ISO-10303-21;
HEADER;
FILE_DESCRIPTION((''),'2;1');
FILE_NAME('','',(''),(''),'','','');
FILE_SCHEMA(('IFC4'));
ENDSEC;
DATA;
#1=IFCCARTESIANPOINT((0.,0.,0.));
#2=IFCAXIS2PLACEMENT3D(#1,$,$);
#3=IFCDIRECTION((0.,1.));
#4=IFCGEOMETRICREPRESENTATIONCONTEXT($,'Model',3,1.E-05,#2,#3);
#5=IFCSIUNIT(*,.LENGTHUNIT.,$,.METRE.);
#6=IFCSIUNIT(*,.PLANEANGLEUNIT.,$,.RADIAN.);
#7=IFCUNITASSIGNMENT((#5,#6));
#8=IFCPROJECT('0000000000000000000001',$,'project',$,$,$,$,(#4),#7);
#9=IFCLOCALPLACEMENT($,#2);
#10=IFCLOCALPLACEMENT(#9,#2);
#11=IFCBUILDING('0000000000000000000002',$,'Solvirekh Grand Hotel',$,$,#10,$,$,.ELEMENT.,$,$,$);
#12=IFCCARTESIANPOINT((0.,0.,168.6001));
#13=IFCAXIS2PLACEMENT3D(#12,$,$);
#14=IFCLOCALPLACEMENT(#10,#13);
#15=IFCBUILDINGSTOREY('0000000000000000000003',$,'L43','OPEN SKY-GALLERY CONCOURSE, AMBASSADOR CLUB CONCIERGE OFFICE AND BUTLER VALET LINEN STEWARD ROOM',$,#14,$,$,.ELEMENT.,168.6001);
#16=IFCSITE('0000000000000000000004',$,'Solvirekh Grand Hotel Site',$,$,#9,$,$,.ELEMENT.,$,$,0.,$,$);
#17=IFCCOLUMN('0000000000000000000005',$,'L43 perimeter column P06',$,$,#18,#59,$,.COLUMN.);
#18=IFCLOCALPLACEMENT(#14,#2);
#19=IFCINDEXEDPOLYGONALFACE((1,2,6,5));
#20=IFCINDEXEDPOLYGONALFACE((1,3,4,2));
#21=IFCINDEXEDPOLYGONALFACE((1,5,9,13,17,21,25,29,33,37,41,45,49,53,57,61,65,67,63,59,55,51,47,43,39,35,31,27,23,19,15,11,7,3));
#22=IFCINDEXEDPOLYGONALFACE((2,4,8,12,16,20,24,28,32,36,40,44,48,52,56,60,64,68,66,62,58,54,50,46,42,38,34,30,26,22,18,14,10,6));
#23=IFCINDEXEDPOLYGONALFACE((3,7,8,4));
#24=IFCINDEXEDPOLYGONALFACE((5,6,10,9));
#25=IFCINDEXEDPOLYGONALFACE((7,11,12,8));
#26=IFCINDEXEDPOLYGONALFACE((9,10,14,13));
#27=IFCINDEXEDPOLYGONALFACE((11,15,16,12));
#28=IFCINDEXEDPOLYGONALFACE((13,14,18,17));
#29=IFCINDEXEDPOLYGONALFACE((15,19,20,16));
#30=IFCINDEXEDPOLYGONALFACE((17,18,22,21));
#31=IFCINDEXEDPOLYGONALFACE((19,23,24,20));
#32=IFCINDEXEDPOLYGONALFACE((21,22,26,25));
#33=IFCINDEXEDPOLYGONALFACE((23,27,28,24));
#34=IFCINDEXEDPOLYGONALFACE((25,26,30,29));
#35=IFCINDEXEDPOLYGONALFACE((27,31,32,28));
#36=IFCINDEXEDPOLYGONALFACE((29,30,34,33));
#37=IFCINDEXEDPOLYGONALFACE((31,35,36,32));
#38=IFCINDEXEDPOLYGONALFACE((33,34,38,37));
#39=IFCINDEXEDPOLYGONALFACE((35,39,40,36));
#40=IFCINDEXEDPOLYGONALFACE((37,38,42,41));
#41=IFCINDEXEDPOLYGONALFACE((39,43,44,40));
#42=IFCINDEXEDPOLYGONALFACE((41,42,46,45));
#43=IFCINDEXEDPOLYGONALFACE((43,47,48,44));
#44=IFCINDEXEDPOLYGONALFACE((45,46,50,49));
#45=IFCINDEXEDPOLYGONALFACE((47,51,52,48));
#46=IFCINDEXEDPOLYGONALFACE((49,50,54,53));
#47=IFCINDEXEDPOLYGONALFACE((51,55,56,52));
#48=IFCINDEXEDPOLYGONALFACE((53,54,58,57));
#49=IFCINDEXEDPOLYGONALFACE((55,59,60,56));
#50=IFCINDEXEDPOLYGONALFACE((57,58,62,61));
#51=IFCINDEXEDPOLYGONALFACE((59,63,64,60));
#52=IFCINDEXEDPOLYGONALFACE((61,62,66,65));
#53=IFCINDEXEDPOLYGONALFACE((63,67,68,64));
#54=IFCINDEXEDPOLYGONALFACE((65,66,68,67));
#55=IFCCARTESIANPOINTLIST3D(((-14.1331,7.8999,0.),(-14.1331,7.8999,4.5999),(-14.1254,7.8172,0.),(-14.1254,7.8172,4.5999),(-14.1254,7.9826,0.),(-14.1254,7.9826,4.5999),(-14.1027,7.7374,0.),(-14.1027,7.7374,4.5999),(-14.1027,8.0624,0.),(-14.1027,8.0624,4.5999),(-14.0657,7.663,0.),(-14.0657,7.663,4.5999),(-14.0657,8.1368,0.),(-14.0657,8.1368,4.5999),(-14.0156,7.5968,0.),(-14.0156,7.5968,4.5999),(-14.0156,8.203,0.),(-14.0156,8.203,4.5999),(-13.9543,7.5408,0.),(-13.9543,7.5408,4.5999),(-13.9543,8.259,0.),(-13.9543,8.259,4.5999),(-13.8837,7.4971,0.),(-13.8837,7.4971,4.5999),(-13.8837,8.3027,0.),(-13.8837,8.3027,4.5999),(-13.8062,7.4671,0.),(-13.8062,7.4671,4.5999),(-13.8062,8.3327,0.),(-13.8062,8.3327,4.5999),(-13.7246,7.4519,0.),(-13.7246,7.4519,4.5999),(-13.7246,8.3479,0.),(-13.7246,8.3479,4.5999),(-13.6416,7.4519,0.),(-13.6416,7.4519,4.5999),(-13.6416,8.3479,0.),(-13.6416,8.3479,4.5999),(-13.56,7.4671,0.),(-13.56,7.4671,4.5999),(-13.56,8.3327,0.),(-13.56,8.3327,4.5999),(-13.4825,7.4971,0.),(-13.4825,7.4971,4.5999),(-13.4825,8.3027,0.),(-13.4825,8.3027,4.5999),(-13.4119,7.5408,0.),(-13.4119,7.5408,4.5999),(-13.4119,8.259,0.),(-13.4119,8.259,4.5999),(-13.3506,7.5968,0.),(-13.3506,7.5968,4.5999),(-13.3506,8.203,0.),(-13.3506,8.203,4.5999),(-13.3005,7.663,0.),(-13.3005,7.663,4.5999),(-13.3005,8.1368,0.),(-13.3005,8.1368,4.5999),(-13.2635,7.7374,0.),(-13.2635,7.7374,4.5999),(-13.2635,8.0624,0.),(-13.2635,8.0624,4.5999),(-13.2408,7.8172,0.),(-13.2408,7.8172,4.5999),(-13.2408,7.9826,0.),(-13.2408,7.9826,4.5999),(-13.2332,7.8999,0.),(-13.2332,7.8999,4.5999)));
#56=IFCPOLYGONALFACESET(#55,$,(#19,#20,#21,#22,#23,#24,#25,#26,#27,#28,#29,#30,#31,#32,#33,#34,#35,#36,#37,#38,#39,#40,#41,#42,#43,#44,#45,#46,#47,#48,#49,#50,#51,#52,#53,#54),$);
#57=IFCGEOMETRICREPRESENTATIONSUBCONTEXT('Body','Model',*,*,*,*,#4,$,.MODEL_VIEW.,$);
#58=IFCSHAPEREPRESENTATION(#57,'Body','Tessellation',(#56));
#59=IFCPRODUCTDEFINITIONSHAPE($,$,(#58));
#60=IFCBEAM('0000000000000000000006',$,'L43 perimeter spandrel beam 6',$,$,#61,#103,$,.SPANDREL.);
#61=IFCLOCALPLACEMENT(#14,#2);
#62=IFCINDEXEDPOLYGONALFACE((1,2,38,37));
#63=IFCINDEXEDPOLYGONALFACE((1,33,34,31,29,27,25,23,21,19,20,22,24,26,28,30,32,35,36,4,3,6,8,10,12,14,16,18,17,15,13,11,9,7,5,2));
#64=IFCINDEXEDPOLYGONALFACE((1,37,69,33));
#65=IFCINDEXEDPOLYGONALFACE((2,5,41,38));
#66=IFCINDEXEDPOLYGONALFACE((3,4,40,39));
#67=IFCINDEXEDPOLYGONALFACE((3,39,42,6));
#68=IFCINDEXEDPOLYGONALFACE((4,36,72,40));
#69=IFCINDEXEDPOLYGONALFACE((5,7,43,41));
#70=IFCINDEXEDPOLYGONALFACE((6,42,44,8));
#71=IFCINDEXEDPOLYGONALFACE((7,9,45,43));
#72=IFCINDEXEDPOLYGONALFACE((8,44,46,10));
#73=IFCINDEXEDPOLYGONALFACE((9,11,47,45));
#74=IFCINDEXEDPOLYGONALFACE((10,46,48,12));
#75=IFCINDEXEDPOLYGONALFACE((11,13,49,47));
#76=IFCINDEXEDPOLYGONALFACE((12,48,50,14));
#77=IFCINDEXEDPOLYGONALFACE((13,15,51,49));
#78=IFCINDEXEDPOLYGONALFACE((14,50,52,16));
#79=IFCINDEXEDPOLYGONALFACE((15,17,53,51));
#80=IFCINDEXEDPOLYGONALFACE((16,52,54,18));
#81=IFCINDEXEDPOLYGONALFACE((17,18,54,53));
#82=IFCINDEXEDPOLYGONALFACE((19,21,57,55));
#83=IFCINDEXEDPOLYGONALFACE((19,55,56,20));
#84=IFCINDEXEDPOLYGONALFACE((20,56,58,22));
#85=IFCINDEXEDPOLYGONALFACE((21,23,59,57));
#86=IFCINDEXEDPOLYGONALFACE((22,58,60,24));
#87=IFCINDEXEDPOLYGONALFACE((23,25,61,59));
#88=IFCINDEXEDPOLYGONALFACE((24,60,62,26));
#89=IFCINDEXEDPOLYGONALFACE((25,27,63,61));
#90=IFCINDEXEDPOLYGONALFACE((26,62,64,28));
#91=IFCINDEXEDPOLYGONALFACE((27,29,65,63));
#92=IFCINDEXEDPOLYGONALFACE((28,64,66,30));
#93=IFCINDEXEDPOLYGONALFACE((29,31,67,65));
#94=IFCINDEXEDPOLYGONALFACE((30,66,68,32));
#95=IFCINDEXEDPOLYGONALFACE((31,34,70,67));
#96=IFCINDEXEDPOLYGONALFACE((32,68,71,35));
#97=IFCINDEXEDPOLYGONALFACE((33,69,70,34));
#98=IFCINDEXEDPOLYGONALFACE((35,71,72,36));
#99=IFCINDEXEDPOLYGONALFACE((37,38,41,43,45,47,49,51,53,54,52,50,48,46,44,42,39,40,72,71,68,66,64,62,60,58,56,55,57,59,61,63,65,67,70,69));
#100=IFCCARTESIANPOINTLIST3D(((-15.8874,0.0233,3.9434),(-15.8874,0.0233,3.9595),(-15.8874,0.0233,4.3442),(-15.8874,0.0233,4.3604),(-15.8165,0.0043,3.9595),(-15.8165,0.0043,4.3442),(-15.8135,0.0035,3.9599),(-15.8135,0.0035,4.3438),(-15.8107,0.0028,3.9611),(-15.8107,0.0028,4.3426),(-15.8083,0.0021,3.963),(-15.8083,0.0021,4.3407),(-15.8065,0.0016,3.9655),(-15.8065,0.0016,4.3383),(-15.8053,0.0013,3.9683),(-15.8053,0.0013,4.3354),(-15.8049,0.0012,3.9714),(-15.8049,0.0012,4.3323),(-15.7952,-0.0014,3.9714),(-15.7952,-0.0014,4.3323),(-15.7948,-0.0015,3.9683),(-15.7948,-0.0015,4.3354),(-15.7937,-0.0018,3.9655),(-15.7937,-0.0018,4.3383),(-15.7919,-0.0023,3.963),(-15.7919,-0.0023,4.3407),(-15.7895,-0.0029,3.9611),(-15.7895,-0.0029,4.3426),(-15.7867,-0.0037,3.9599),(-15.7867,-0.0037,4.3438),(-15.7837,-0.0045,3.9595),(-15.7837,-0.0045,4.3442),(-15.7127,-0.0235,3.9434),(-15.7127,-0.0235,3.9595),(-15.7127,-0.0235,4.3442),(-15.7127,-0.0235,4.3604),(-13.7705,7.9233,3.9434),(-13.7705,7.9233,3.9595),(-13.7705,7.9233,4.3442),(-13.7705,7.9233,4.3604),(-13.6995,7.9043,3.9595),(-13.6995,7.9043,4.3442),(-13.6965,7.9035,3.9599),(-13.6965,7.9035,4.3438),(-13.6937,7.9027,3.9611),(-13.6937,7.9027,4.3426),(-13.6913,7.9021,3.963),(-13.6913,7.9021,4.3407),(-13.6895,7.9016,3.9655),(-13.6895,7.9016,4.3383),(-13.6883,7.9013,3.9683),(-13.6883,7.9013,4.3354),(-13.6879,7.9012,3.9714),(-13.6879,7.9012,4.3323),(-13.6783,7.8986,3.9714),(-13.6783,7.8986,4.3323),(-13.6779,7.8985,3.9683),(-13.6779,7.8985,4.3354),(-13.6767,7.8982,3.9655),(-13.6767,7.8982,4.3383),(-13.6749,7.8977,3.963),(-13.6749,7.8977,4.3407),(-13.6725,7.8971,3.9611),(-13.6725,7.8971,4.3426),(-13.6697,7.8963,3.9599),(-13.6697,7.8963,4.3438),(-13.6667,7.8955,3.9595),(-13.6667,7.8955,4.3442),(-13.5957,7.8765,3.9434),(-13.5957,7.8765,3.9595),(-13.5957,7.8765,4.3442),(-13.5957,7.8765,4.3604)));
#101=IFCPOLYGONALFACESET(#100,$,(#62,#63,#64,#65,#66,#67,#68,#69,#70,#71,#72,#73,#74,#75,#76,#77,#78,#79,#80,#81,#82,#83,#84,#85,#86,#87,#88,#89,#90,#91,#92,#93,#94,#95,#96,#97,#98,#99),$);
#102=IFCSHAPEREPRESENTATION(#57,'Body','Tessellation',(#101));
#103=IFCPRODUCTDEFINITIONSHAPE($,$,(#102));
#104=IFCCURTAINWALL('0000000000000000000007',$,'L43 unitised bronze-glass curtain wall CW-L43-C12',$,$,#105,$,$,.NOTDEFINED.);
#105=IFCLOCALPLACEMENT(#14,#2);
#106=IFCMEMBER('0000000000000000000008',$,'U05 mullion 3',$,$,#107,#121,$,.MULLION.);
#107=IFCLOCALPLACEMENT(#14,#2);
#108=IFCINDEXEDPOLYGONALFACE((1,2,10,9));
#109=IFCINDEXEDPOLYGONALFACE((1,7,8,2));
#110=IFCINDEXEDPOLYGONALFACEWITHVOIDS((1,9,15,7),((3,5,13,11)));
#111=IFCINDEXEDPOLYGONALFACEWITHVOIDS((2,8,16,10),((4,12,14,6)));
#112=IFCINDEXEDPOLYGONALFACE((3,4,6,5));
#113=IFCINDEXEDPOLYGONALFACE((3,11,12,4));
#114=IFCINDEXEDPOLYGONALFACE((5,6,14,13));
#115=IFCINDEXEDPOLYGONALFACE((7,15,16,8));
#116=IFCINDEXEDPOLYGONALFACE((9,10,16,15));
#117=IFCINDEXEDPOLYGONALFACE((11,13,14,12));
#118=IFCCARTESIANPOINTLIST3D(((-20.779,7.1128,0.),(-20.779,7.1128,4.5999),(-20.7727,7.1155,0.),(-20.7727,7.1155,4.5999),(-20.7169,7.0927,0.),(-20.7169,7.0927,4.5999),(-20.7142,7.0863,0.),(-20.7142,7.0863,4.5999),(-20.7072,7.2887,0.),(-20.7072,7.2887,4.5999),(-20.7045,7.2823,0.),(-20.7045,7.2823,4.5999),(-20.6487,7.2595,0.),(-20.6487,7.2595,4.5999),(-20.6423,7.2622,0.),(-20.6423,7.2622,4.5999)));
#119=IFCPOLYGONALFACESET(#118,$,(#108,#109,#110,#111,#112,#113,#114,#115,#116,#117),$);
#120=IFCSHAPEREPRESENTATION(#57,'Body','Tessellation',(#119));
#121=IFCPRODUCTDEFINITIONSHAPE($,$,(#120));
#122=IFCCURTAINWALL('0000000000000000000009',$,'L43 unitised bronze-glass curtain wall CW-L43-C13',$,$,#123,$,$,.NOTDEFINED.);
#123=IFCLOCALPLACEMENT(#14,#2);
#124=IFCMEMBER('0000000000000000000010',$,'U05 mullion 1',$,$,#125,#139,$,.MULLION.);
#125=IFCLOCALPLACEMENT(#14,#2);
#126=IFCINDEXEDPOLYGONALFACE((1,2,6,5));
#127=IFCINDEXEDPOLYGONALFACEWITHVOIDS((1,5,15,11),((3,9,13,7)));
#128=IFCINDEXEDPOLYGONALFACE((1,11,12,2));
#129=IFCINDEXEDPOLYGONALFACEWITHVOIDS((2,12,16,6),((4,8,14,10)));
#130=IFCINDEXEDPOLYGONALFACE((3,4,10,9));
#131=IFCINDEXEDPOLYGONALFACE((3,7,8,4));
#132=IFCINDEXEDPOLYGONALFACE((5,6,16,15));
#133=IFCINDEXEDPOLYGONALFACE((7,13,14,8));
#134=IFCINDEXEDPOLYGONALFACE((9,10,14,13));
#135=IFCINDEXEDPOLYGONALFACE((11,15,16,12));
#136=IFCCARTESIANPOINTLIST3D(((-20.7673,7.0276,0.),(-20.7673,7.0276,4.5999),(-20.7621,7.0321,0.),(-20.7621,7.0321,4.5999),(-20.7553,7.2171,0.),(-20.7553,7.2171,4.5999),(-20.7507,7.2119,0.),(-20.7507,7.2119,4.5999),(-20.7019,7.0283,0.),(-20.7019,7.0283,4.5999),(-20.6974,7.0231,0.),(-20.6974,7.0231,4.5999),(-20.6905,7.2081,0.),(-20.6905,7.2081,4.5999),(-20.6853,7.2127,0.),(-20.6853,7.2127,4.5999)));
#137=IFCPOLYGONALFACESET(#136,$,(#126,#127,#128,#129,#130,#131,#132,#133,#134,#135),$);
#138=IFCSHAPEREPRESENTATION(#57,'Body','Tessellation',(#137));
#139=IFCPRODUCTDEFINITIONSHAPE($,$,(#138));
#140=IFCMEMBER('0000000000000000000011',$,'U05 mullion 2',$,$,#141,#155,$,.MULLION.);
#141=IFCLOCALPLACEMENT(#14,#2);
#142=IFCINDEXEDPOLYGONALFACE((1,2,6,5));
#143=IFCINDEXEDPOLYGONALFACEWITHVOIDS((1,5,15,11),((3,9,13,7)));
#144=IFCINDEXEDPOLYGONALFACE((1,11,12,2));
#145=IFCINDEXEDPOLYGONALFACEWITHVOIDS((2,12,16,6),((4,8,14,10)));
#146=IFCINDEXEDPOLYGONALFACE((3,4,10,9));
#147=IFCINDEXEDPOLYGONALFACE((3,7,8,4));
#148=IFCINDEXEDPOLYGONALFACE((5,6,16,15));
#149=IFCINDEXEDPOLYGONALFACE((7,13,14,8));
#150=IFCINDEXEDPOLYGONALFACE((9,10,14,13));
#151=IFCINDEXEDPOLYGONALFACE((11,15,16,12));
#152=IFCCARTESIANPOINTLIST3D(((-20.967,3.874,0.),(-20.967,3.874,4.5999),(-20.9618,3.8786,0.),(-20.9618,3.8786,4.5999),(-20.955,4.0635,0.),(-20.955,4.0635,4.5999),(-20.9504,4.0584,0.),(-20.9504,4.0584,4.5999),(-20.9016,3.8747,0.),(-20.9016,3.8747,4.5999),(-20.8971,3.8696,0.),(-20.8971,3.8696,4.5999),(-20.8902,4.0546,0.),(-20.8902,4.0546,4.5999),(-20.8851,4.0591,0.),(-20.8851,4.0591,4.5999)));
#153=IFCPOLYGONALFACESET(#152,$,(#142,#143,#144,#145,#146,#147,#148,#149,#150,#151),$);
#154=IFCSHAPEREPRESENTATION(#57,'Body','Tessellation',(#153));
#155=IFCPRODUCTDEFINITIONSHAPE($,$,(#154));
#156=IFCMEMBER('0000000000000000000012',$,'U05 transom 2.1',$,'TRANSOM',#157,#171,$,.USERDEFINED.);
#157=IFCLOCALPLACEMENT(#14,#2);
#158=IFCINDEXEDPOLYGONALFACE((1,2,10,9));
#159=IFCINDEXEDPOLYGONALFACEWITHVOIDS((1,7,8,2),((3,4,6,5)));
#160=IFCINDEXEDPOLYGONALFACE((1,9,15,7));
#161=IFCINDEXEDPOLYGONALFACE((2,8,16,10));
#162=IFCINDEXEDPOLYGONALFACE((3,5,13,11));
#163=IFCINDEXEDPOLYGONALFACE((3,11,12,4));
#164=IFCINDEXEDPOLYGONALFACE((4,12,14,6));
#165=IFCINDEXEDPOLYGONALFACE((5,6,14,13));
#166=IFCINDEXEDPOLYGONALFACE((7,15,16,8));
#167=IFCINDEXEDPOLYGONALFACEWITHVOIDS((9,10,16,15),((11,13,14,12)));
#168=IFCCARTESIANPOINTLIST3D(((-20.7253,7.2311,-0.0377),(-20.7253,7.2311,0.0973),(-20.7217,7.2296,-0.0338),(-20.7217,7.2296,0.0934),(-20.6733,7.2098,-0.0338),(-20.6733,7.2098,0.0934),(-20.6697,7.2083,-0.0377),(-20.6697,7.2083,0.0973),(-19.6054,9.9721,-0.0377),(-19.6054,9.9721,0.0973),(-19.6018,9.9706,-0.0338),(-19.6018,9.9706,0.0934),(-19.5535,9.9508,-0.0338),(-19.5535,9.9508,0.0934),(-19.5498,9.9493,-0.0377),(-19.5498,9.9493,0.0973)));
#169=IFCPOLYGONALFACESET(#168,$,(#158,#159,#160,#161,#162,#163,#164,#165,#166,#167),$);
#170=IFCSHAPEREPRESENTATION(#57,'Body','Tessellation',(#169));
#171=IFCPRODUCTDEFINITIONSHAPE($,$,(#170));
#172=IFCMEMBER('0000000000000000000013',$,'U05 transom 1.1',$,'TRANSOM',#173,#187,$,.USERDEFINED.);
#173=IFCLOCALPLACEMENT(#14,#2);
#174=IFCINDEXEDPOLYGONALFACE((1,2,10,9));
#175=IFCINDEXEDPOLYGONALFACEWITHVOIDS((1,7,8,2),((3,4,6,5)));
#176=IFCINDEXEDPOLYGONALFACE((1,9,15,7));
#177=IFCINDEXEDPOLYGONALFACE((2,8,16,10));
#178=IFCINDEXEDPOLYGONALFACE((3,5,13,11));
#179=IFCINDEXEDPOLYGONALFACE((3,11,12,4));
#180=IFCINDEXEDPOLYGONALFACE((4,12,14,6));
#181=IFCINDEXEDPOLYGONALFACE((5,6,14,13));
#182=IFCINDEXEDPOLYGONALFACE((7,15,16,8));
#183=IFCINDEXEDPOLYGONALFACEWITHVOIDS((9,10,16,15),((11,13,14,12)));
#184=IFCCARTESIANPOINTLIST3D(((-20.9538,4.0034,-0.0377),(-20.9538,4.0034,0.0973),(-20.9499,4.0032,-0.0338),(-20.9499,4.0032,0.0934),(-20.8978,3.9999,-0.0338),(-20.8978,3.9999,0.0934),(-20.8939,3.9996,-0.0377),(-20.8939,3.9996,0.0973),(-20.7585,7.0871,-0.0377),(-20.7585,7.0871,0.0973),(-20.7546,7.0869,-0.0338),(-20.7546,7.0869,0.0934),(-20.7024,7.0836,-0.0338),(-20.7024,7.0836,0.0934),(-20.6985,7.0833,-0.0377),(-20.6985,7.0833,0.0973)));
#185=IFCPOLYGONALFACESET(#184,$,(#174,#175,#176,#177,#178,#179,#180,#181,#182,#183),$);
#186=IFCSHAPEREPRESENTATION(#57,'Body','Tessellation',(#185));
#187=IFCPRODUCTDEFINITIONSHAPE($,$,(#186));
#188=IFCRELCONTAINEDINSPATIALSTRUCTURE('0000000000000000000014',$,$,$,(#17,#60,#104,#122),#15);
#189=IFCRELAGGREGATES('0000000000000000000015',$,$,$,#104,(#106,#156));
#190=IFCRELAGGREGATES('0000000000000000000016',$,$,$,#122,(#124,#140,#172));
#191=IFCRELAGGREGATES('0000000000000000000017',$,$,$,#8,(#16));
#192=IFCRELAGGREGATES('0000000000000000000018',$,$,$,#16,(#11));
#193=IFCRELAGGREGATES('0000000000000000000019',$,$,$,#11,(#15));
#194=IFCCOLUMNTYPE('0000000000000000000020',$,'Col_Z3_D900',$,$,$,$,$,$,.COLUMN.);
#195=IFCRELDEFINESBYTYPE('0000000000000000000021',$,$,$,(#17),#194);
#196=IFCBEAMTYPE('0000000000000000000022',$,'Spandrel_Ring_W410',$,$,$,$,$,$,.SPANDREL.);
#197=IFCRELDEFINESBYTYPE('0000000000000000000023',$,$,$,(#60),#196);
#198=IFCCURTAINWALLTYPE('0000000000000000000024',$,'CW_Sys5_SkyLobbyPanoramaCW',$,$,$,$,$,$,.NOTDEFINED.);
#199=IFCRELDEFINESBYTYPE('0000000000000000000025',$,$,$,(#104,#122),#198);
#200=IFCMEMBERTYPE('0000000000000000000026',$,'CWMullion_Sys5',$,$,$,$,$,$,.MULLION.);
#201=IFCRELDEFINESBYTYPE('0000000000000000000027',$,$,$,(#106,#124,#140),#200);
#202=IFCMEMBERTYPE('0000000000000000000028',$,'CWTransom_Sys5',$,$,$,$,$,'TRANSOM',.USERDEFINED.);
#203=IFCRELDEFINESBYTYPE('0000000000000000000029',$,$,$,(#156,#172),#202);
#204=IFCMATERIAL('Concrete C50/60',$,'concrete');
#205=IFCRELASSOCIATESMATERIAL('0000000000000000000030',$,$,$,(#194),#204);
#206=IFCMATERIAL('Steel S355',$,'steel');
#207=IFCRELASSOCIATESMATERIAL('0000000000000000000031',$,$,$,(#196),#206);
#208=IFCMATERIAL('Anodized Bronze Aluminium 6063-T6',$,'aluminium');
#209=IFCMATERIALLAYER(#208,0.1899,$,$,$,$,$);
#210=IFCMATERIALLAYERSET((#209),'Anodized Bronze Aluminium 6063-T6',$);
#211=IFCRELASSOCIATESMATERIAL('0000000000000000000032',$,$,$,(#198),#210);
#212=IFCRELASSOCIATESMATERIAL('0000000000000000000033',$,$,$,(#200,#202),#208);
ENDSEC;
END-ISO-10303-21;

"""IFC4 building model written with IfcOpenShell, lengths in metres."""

from ifc_helpers import new_model, si_unit, direction, frame, origin, origin_2d, place, context, subcontext, project, spatial, hollow_rectangle, circle, i_section, extrude, source, transform, mapped, material, layer, layer_set, material_profile, profile_set, type_object, element, aggregate, save


model = new_model("IFC4")

# Units and contexts
model_context = context("Model", 3, precision=1e-05, world=origin(), true_north=direction((0.0, 1.0)))
body_context = subcontext(model_context, "Body", "Model", "MODEL_VIEW")
ifc_project = project(units=[si_unit("LENGTHUNIT", "METRE"), si_unit("PLANEANGLEUNIT", "RADIAN")], contexts=[model_context])

# Site, building, storey
site_placement = place(None, origin())
site = spatial("IfcSite", under=ifc_project, at=site_placement, Name="Solvirekh Grand Hotel Site", CompositionType="ELEMENT", RefElevation=0.0)
building_placement = place(site_placement, origin())
building = spatial("IfcBuilding", under=site, at=building_placement, Name="Solvirekh Grand Hotel", CompositionType="ELEMENT")
storey_placement = place(building_placement, frame((0.0, 0.0, 168.6001)))
storey = spatial("IfcBuildingStorey", under=building, at=storey_placement, Name="L43", Description="OPEN SKY-GALLERY CONCOURSE, AMBASSADOR CLUB CONCIERGE OFFICE AND BUTLER VALET LINEN STEWARD ROOM", CompositionType="ELEMENT", Elevation=168.6001)

# Column
ifc_material_1 = material(Name="Concrete C50/60", Category="concrete")
ifc_material_profile_1 = material_profile(ifc_material_1, circle(Radius=0.45, at=origin_2d()), Name="RC CIRC D900")
ifc_profile_set_1 = profile_set([ifc_material_profile_1], Name="Concrete C50/60")
column_type = type_object("IfcColumnType", Name="Col_Z3_D900", PredefinedType="COLUMN", material=ifc_profile_set_1)
column_placement = place(storey_placement, frame((-13.6831, 7.8999, 0.0), z_axis=(0.0, 0.0, 1.0), x_axis=(1.0, 0.0, 0.0)))
element("IfcColumn", 1, at=column_placement, inside=storey, type_object=column_type, Name="L43 perimeter column P06", PredefinedType="COLUMN", context=body_context, shape_type="SweptSolid", body=[
    extrude(circle(Radius=0.45, at=origin_2d()), origin(), (0.0, 0.0, 1.0), 4.5999),
])

# Beam
ifc_material_2 = material(Name="Steel S355", Category="steel")
ifc_material_profile_2 = material_profile(ifc_material_2, i_section(OverallWidth=0.1809, OverallDepth=0.417, WebThickness=0.01, FlangeThickness=0.0161, FilletRadius=0.012, at=origin_2d()), Name="W410X85")
ifc_profile_set_2 = profile_set([ifc_material_profile_2], Name="Steel S355")
beam_type = type_object("IfcBeamType", Name="Spandrel_Ring_W410", PredefinedType="SPANDREL", material=ifc_profile_set_2)
beam_placement = place(storey_placement, frame((-13.6831, 7.8999, 4.1519), z_axis=(-0.258839, -0.965921, 0.0), x_axis=(0.965921, -0.258839, 0.0)))
element("IfcBeam", 2, at=beam_placement, inside=storey, type_object=beam_type, Name="L43 perimeter spandrel beam 6", PredefinedType="SPANDREL", context=body_context, shape_type="SweptSolid", body=[
    extrude(i_section(OverallWidth=0.1809, OverallDepth=0.417, WebThickness=0.01, FlangeThickness=0.0161, FilletRadius=0.012, at=origin_2d()), origin(), (0.0, 0.0, 1.0), 8.1787),
])

# Curtain wall, member
ifc_material_3 = material(Name="Anodized Bronze Aluminium 6063-T6", Category="aluminium")
ifc_layer_1 = layer(ifc_material_3, 0.1899)
ifc_layer_set_1 = layer_set([ifc_layer_1], Name="Anodized Bronze Aluminium 6063-T6")
curtain_wall_type = type_object("IfcCurtainWallType", Name="CW_Sys5_SkyLobbyPanoramaCW", PredefinedType="NOTDEFINED", material=ifc_layer_set_1)
curtain_wall_1_placement = place(storey_placement, origin())
curtain_wall_1 = element("IfcCurtainWall", 3, at=curtain_wall_1_placement, inside=storey, type_object=curtain_wall_type, Name="L43 unitised bronze-glass curtain wall CW-L43-C12", PredefinedType="NOTDEFINED")
ifc_material_profile_3 = material_profile(ifc_material_3, hollow_rectangle(XDim=0.0701, YDim=0.1899, WallThickness=0.0049, at=origin_2d()), Name="ALU RHS 190X70X5")
ifc_profile_set_3 = profile_set([ifc_material_profile_3], Name="Anodized Bronze Aluminium 6063-T6")
member_type_1 = type_object("IfcMemberType", Name="CWMullion_Sys5", PredefinedType="MULLION", material=ifc_profile_set_3)
shared_shape_1 = source(origin(), body_context, "Body", "SweptSolid", [
    extrude(hollow_rectangle(XDim=0.0701, YDim=0.1899, WallThickness=0.0049, at=origin_2d()), origin(), (0.0, 0.0, 1.0), 4.5999),
])
member_1_placement = place(storey_placement, frame((-20.7107, 7.1875, 0.0), z_axis=(0.0, 0.0, 1.0), x_axis=(0.925718, -0.378214, 0.0)))
member_1 = element("IfcMember", 4, at=member_1_placement, type_object=member_type_1, Name="U05 mullion 3", PredefinedType="MULLION", context=body_context, shape_type="MappedRepresentation", body=[
    mapped(shared_shape_1, transform((0.0, 0.0, 0.0), x_axis=(1.0, 0.0, 0.0), y_axis=(0.0, 1.0, 0.0), z_axis=(0.0, 0.0, 1.0), scale=1.0)),
])

# Curtain wall, members
curtain_wall_2_placement = place(storey_placement, origin())
curtain_wall_2 = element("IfcCurtainWall", 5, at=curtain_wall_2_placement, inside=storey, type_object=curtain_wall_type, Name="L43 unitised bronze-glass curtain wall CW-L43-C13", PredefinedType="NOTDEFINED")
member_2_placement = place(storey_placement, frame((-20.7263, 7.1201, 0.0), z_axis=(0.0, 0.0, 1.0), x_axis=(0.997999, -0.063226, 0.0)))
member_2 = element("IfcMember", 6, at=member_2_placement, type_object=member_type_1, Name="U05 mullion 1", PredefinedType="MULLION", context=body_context, shape_type="MappedRepresentation", body=[
    mapped(shared_shape_1, transform((0.0, 0.0, 0.0), x_axis=(1.0, 0.0, 0.0), y_axis=(0.0, 1.0, 0.0), z_axis=(0.0, 0.0, 1.0), scale=1.0)),
])
member_3_placement = place(storey_placement, frame((-20.926, 3.9666, 0.0), z_axis=(0.0, 0.0, 1.0), x_axis=(0.997999, -0.063226, 0.0)))
member_3 = element("IfcMember", 7, at=member_3_placement, type_object=member_type_1, Name="U05 mullion 2", PredefinedType="MULLION", context=body_context, shape_type="MappedRepresentation", body=[
    mapped(shared_shape_1, transform((0.0, 0.0, 0.0), x_axis=(1.0, 0.0, 0.0), y_axis=(0.0, 1.0, 0.0), z_axis=(0.0, 0.0, 1.0), scale=1.0)),
])

# Members
ifc_material_profile_4 = material_profile(ifc_material_3, hollow_rectangle(XDim=0.0601, YDim=0.135, WallThickness=0.0039, at=origin_2d()), Name="ALU RHS 135X60X4")
ifc_profile_set_4 = profile_set([ifc_material_profile_4], Name="Anodized Bronze Aluminium 6063-T6")
member_type_2 = type_object("IfcMemberType", Name="CWTransom_Sys5", ElementType="TRANSOM", PredefinedType="USERDEFINED", material=ifc_profile_set_4)
shared_shape_2 = source(origin(), body_context, "Body", "SweptSolid", [
    extrude(hollow_rectangle(XDim=0.0601, YDim=0.135, WallThickness=0.0039, at=origin_2d()), origin(), (0.0, 0.0, 1.0), 2.9609),
])
member_4_placement = place(storey_placement, frame((-19.5776, 9.9607, 0.0298), z_axis=(-0.378219, -0.925716, 0.0), x_axis=(0.925716, -0.378219, 0.0)))
member_4 = element("IfcMember", 8, at=member_4_placement, type_object=member_type_2, Name="U05 transom 2.1", ObjectType="TRANSOM", PredefinedType="USERDEFINED", context=body_context, shape_type="MappedRepresentation", body=[
    mapped(shared_shape_2, transform((0.0, 0.0, 0.0), x_axis=(1.0, 0.0, 0.0), y_axis=(0.0, 1.0, 0.0), z_axis=(0.0, 0.0, 1.0), scale=1.0)),
])
shared_shape_3 = source(origin(), body_context, "Body", "SweptSolid", [
    extrude(hollow_rectangle(XDim=0.0601, YDim=0.135, WallThickness=0.0039, at=origin_2d()), origin(), (0.0, 0.0, 1.0), 3.0898),
])
member_5_placement = place(storey_placement, frame((-20.7285, 7.0852, 0.0298), z_axis=(-0.06321, -0.998, 0.0), x_axis=(0.998, -0.06321, 0.0)))
member_5 = element("IfcMember", 9, at=member_5_placement, type_object=member_type_2, Name="U05 transom 1.1", ObjectType="TRANSOM", PredefinedType="USERDEFINED", context=body_context, shape_type="MappedRepresentation", body=[
    mapped(shared_shape_3, transform((0.0, 0.0, 0.0), x_axis=(1.0, 0.0, 0.0), y_axis=(0.0, 1.0, 0.0), z_axis=(0.0, 0.0, 1.0), scale=1.0)),
])

aggregate(curtain_wall_1, [member_1, member_4])
aggregate(curtain_wall_2, [member_2, member_3, member_5])

save(model, "model.ifc")
